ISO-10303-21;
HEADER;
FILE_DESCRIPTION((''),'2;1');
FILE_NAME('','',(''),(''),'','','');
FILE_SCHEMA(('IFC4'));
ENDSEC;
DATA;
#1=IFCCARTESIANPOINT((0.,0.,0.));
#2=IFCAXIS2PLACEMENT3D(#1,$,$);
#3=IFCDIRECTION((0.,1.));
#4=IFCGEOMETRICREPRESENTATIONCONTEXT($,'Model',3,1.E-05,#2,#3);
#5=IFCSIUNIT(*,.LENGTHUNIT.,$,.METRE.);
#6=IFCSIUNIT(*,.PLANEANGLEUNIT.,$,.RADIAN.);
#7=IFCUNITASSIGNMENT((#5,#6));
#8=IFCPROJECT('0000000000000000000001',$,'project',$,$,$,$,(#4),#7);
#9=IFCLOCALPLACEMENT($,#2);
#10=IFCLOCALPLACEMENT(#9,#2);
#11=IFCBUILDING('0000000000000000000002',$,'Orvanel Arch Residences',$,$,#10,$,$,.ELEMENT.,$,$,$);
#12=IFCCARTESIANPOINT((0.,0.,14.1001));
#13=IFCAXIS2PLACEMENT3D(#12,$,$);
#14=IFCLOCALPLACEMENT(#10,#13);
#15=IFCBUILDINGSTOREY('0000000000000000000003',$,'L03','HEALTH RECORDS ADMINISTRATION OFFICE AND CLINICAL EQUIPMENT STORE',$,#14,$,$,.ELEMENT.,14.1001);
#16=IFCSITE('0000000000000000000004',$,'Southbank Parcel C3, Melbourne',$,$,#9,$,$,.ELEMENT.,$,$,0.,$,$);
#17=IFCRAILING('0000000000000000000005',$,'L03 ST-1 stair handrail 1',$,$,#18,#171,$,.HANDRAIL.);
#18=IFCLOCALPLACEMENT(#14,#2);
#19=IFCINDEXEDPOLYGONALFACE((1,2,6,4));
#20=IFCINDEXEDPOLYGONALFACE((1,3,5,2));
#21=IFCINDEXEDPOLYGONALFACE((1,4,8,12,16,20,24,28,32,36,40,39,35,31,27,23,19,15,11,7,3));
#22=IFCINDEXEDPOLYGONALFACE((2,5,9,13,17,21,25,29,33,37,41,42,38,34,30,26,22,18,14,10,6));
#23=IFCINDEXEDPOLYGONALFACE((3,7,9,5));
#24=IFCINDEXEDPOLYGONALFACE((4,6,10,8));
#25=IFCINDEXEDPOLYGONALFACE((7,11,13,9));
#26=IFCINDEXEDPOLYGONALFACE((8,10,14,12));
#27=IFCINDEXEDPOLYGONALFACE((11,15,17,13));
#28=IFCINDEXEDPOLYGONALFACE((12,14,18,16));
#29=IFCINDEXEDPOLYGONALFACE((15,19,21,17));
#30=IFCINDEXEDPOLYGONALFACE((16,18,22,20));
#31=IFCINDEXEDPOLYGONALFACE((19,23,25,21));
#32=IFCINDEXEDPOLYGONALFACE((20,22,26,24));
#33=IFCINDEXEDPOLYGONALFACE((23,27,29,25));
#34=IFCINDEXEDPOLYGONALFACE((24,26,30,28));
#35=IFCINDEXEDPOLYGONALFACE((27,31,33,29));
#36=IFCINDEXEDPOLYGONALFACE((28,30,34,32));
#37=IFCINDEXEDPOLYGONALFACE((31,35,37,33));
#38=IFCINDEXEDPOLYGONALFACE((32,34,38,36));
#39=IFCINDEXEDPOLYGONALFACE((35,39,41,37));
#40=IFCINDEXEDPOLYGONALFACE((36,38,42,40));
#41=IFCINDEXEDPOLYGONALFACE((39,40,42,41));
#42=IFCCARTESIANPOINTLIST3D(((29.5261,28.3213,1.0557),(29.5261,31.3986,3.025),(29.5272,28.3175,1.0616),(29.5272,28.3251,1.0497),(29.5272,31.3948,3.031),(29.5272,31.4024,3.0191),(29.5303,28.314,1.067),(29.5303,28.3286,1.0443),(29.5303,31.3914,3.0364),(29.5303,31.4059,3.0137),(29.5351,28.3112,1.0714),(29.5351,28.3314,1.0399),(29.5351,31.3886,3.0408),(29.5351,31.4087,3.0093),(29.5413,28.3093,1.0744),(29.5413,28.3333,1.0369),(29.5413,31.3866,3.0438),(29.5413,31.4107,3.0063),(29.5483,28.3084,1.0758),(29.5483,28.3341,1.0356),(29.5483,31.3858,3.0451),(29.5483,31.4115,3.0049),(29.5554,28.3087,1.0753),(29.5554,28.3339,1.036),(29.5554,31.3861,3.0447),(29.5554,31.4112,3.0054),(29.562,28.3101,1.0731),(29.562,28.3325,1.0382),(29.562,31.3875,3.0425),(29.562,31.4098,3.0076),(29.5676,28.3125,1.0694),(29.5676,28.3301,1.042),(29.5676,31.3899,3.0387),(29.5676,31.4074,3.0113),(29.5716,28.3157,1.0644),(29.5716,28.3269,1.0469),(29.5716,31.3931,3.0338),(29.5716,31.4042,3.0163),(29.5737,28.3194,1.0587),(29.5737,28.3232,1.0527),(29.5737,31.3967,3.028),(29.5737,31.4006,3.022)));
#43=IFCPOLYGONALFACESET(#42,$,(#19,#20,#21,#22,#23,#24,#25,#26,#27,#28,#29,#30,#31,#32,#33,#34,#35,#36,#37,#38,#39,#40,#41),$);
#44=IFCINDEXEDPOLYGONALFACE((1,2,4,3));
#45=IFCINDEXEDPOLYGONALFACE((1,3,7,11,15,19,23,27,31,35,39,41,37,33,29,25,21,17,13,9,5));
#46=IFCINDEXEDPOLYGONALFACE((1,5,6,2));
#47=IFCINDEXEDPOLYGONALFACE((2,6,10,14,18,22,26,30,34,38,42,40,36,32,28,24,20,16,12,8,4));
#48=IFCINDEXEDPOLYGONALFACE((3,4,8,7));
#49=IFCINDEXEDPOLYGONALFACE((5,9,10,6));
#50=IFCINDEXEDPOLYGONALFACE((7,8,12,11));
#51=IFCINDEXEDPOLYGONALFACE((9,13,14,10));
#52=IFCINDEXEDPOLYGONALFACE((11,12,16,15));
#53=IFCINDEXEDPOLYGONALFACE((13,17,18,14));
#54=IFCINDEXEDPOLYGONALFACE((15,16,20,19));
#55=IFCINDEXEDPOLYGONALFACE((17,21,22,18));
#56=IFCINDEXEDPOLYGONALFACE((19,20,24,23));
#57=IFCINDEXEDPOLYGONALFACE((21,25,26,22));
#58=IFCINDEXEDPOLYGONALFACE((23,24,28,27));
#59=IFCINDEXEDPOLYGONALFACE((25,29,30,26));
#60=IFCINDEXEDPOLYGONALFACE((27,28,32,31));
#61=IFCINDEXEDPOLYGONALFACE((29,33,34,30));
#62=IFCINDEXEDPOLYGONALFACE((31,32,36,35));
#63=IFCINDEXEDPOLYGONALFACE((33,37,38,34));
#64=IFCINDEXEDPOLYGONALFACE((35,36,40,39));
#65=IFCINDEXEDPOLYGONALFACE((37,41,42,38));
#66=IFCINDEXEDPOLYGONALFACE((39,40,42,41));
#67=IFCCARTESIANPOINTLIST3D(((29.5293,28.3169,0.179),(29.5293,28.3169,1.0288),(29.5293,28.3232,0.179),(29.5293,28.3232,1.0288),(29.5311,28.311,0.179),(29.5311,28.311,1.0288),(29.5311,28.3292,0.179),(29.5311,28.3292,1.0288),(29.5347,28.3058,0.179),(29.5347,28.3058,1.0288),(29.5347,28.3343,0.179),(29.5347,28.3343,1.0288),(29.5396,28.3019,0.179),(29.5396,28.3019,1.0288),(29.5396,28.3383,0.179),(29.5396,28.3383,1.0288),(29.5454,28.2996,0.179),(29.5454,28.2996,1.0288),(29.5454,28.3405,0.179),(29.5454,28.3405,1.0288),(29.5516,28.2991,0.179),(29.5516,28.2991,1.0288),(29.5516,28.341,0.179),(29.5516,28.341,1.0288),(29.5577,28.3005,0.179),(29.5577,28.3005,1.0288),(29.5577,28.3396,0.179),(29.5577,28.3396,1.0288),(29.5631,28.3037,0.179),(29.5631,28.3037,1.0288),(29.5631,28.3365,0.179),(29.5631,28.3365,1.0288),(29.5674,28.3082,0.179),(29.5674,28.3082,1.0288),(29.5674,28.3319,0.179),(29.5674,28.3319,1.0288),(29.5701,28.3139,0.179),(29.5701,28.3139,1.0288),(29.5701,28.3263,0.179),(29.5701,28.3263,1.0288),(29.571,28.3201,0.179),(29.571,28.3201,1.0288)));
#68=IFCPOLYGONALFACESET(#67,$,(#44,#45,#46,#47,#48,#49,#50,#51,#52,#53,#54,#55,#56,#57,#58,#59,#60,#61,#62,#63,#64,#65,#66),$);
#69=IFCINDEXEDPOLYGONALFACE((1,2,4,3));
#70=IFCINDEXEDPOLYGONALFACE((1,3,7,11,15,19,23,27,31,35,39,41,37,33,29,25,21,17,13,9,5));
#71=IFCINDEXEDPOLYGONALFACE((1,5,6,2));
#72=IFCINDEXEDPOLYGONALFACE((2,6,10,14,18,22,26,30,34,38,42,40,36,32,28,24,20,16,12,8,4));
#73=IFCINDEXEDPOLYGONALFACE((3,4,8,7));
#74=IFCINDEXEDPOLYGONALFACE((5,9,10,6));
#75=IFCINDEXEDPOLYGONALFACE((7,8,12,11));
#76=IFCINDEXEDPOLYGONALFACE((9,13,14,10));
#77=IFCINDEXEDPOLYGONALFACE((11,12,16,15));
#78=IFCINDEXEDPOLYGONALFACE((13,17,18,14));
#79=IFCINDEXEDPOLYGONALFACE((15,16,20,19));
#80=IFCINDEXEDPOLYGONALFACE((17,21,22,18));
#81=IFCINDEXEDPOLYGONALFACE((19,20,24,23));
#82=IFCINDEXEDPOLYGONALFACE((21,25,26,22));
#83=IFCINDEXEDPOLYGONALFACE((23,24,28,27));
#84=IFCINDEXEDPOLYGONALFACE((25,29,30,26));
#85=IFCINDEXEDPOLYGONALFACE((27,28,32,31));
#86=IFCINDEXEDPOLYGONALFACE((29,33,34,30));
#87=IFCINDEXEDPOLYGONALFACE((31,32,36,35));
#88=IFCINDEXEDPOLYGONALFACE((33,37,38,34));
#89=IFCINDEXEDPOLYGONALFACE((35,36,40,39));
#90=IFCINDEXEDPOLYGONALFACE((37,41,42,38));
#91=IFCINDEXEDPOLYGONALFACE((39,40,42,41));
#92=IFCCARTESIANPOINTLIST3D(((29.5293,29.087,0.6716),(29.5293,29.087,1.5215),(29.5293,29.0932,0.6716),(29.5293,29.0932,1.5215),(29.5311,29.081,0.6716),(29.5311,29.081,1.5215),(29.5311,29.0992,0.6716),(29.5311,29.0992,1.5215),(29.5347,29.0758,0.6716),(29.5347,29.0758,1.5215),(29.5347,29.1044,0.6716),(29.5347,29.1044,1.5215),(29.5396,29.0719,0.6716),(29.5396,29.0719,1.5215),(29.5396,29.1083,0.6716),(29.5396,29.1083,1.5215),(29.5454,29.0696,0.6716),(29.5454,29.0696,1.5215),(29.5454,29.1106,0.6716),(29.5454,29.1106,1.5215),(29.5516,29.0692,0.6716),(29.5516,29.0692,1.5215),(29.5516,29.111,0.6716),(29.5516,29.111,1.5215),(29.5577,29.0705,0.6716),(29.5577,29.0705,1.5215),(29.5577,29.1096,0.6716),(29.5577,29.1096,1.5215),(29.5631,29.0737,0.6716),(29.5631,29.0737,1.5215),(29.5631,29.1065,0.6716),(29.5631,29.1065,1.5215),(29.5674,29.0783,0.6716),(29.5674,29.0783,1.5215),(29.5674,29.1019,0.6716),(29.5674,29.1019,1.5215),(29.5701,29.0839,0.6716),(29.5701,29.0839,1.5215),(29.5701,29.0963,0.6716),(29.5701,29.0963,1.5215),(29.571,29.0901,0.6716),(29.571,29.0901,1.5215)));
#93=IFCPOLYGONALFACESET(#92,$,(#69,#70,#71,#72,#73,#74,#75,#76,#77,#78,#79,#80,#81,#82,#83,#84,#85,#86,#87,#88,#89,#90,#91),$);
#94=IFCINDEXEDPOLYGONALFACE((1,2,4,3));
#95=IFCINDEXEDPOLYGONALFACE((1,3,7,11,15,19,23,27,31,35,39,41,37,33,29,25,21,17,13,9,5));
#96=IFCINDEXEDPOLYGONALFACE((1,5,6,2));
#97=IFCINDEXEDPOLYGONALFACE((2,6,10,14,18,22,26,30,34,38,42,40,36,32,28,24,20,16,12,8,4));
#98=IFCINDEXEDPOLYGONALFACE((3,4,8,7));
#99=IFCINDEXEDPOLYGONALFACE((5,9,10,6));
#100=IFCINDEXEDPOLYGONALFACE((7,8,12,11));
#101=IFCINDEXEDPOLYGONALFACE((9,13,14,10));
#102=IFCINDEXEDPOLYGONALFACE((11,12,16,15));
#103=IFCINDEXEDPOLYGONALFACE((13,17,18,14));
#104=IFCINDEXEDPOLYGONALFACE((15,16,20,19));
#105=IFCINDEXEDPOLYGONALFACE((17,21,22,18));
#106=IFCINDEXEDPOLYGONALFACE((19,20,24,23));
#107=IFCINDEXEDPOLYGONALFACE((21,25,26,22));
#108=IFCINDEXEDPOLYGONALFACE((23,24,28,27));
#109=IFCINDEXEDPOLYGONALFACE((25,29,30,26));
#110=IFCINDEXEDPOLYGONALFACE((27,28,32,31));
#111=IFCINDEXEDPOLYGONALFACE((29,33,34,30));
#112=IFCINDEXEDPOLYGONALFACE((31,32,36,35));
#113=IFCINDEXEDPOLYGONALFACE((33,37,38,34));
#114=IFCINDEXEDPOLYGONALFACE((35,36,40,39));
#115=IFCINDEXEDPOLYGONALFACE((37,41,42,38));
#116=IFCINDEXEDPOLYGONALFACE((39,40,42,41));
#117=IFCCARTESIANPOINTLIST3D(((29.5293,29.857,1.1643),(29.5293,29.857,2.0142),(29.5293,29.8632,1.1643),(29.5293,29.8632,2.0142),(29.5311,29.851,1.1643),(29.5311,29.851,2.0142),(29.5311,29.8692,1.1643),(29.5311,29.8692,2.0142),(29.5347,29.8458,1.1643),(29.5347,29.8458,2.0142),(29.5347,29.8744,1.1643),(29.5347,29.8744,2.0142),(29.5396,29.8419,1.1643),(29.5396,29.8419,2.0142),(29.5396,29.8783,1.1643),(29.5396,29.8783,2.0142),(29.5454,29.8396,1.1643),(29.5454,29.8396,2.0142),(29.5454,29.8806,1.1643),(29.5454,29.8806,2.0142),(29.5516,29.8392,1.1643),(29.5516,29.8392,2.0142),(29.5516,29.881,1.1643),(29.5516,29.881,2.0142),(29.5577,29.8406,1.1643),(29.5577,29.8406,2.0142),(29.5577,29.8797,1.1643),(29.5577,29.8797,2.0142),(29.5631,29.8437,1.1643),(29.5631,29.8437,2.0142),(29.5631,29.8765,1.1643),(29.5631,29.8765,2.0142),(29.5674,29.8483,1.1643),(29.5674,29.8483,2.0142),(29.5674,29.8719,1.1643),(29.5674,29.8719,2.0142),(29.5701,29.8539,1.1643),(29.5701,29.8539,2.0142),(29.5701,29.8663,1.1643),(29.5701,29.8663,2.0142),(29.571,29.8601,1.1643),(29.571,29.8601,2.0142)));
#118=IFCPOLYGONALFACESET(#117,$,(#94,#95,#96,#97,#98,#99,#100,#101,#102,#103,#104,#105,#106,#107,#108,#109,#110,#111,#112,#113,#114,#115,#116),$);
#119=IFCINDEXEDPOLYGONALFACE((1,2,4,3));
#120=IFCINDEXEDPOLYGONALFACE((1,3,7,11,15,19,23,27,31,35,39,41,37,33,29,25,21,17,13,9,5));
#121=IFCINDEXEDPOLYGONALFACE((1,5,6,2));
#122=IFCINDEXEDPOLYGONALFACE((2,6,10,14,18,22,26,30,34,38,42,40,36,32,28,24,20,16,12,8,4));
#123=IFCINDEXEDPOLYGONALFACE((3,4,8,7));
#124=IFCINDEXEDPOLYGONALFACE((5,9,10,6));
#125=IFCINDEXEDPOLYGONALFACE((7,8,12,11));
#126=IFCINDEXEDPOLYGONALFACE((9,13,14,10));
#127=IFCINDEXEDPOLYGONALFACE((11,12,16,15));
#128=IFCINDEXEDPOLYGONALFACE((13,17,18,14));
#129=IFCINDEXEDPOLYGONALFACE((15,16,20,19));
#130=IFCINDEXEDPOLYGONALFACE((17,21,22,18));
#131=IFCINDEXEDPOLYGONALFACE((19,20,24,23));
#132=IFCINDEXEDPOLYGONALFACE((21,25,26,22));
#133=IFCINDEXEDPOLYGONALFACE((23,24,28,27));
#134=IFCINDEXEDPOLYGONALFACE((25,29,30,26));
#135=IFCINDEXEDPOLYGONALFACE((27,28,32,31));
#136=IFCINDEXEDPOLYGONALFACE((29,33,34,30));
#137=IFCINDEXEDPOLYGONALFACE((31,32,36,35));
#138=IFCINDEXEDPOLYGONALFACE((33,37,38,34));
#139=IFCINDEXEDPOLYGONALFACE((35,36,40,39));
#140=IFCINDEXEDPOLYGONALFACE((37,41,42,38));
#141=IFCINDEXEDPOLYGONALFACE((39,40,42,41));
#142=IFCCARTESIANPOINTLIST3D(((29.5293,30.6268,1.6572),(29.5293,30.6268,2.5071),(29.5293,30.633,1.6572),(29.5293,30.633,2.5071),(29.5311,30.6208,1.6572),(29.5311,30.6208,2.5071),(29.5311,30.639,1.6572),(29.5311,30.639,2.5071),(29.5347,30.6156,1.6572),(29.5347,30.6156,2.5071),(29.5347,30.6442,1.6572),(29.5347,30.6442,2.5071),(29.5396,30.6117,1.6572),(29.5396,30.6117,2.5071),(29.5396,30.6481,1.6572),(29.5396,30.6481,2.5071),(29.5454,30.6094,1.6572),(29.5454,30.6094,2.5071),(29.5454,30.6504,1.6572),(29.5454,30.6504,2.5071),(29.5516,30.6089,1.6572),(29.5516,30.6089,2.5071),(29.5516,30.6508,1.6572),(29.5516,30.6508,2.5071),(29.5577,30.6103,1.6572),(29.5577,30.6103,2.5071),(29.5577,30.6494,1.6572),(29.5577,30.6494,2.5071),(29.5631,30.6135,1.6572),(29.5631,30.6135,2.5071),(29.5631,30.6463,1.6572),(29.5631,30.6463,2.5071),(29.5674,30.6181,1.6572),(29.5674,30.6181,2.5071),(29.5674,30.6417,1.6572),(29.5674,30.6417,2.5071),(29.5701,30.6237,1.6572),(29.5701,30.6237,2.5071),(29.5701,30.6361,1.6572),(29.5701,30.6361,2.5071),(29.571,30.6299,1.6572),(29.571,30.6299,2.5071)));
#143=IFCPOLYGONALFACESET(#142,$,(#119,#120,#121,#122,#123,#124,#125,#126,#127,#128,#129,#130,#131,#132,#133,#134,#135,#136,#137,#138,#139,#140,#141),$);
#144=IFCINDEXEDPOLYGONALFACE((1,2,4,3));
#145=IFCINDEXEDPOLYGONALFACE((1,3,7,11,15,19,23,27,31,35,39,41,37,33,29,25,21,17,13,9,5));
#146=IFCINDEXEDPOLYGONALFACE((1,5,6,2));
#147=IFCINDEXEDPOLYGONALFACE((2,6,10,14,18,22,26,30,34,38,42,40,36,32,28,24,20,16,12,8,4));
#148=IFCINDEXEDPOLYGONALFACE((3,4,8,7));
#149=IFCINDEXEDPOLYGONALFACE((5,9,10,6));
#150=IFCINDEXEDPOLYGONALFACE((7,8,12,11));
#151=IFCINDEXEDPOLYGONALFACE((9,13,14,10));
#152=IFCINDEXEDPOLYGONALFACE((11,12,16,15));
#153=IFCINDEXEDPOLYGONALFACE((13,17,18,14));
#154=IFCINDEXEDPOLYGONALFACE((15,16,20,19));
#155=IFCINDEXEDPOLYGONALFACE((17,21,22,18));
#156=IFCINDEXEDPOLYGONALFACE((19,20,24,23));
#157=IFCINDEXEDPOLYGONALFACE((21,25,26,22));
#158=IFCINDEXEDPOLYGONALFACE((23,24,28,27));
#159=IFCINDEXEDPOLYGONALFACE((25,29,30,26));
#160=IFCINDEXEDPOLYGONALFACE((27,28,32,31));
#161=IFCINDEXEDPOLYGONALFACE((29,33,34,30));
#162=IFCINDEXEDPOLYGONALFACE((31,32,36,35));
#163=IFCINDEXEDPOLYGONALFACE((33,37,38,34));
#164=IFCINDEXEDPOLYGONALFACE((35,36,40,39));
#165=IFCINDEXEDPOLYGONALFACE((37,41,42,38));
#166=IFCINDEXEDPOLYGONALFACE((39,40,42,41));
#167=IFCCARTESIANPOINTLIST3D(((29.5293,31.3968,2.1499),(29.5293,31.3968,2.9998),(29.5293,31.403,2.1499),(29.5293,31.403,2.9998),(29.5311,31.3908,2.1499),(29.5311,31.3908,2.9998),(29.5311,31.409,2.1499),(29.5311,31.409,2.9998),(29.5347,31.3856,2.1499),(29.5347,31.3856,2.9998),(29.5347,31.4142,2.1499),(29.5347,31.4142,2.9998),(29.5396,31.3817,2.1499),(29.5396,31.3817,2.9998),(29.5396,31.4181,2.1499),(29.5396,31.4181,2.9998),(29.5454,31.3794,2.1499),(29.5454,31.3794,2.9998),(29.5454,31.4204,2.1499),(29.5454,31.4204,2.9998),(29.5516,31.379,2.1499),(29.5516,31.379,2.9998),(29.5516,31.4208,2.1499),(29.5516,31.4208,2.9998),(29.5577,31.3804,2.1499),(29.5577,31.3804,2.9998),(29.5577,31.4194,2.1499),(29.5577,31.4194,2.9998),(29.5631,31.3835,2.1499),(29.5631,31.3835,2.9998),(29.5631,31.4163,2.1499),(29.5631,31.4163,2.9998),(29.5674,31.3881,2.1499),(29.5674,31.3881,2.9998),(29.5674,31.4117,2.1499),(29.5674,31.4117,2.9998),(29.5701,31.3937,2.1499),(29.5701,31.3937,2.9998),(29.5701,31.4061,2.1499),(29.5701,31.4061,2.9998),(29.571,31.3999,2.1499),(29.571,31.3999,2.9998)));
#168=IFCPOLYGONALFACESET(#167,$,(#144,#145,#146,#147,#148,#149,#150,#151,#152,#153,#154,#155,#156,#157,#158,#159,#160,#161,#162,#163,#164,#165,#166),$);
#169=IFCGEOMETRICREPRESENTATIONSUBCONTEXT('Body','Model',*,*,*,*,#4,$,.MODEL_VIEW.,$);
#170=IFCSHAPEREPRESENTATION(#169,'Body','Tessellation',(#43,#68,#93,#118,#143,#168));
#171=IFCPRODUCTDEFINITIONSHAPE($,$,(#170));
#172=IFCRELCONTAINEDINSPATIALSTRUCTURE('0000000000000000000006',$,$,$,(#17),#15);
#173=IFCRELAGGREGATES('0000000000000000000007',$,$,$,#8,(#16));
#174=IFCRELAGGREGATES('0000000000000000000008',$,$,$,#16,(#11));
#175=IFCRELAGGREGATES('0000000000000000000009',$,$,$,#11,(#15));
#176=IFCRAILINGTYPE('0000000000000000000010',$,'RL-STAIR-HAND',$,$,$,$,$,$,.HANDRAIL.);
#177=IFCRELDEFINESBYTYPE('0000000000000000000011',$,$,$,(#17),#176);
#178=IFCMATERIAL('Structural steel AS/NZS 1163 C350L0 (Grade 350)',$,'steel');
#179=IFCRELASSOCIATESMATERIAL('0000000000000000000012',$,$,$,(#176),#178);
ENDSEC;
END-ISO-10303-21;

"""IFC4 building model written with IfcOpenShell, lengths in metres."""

from ifc_helpers import new_model, si_unit, direction, frame, origin, origin_2d, place, context, subcontext, project, spatial, circle, extrude, material, type_object, element, save


model = new_model("IFC4")

# Units and contexts
model_context = context("Model", 3, precision=1e-05, world=origin(), true_north=direction((0.0, 1.0)))
body_context = subcontext(model_context, "Body", "Model", "MODEL_VIEW")
ifc_project = project(units=[si_unit("LENGTHUNIT", "METRE"), si_unit("PLANEANGLEUNIT", "RADIAN")], contexts=[model_context])

# Site, building, storey
site_placement = place(None, origin())
site = spatial("IfcSite", under=ifc_project, at=site_placement, Name="Southbank Parcel C3, Melbourne", CompositionType="ELEMENT", RefElevation=0.0)
building_placement = place(site_placement, origin())
building = spatial("IfcBuilding", under=site, at=building_placement, Name="Orvanel Arch Residences", CompositionType="ELEMENT")
storey_placement = place(building_placement, frame((0.0, 0.0, 14.1001)))
storey = spatial("IfcBuildingStorey", under=building, at=storey_placement, Name="L03", Description="HEALTH RECORDS ADMINISTRATION OFFICE AND CLINICAL EQUIPMENT STORE", CompositionType="ELEMENT", Elevation=14.1001)

# Railing
ifc_material_1 = material(Name="Structural steel AS/NZS 1163 C350L0 (Grade 350)", Category="steel")
railing_type_1 = type_object("IfcRailingType", Name="RL-STAIR-HAND", PredefinedType="HANDRAIL", material=ifc_material_1)
railing_1_placement = place(storey_placement, frame((29.55, 28.3201, 0.179)))
element("IfcRailing", 1, at=railing_1_placement, inside=storey, type_object=railing_type_1, Name="L03 ST-1 stair handrail 1", PredefinedType="HANDRAIL", context=body_context, shape_type="SweptSolid", body=[
    extrude(circle(Radius=0.0239, at=origin_2d()), frame((0.0, 0.0012, 0.8767), z_axis=(0.0, 0.84229, 0.539025), x_axis=(-1.0, 0.0, 0.0)), (0.0, 0.0, 1.0), 3.6536),
    extrude(circle(Radius=0.021, at=origin_2d()), origin(), (0.0, 0.0, 1.0), 0.8499),
    extrude(circle(Radius=0.021, at=origin_2d()), frame((0.0, 0.77, 0.4927)), (0.0, 0.0, 1.0), 0.8499),
    extrude(circle(Radius=0.021, at=origin_2d()), frame((0.0, 1.54, 0.9854)), (0.0, 0.0, 1.0), 0.8499),
    extrude(circle(Radius=0.021, at=origin_2d()), frame((0.0, 2.3098, 1.4783)), (0.0, 0.0, 1.0), 0.8499),
    extrude(circle(Radius=0.021, at=origin_2d()), frame((0.0, 3.0798, 1.9709)), (0.0, 0.0, 1.0), 0.8499),
])

save(model, "model.ifc")
